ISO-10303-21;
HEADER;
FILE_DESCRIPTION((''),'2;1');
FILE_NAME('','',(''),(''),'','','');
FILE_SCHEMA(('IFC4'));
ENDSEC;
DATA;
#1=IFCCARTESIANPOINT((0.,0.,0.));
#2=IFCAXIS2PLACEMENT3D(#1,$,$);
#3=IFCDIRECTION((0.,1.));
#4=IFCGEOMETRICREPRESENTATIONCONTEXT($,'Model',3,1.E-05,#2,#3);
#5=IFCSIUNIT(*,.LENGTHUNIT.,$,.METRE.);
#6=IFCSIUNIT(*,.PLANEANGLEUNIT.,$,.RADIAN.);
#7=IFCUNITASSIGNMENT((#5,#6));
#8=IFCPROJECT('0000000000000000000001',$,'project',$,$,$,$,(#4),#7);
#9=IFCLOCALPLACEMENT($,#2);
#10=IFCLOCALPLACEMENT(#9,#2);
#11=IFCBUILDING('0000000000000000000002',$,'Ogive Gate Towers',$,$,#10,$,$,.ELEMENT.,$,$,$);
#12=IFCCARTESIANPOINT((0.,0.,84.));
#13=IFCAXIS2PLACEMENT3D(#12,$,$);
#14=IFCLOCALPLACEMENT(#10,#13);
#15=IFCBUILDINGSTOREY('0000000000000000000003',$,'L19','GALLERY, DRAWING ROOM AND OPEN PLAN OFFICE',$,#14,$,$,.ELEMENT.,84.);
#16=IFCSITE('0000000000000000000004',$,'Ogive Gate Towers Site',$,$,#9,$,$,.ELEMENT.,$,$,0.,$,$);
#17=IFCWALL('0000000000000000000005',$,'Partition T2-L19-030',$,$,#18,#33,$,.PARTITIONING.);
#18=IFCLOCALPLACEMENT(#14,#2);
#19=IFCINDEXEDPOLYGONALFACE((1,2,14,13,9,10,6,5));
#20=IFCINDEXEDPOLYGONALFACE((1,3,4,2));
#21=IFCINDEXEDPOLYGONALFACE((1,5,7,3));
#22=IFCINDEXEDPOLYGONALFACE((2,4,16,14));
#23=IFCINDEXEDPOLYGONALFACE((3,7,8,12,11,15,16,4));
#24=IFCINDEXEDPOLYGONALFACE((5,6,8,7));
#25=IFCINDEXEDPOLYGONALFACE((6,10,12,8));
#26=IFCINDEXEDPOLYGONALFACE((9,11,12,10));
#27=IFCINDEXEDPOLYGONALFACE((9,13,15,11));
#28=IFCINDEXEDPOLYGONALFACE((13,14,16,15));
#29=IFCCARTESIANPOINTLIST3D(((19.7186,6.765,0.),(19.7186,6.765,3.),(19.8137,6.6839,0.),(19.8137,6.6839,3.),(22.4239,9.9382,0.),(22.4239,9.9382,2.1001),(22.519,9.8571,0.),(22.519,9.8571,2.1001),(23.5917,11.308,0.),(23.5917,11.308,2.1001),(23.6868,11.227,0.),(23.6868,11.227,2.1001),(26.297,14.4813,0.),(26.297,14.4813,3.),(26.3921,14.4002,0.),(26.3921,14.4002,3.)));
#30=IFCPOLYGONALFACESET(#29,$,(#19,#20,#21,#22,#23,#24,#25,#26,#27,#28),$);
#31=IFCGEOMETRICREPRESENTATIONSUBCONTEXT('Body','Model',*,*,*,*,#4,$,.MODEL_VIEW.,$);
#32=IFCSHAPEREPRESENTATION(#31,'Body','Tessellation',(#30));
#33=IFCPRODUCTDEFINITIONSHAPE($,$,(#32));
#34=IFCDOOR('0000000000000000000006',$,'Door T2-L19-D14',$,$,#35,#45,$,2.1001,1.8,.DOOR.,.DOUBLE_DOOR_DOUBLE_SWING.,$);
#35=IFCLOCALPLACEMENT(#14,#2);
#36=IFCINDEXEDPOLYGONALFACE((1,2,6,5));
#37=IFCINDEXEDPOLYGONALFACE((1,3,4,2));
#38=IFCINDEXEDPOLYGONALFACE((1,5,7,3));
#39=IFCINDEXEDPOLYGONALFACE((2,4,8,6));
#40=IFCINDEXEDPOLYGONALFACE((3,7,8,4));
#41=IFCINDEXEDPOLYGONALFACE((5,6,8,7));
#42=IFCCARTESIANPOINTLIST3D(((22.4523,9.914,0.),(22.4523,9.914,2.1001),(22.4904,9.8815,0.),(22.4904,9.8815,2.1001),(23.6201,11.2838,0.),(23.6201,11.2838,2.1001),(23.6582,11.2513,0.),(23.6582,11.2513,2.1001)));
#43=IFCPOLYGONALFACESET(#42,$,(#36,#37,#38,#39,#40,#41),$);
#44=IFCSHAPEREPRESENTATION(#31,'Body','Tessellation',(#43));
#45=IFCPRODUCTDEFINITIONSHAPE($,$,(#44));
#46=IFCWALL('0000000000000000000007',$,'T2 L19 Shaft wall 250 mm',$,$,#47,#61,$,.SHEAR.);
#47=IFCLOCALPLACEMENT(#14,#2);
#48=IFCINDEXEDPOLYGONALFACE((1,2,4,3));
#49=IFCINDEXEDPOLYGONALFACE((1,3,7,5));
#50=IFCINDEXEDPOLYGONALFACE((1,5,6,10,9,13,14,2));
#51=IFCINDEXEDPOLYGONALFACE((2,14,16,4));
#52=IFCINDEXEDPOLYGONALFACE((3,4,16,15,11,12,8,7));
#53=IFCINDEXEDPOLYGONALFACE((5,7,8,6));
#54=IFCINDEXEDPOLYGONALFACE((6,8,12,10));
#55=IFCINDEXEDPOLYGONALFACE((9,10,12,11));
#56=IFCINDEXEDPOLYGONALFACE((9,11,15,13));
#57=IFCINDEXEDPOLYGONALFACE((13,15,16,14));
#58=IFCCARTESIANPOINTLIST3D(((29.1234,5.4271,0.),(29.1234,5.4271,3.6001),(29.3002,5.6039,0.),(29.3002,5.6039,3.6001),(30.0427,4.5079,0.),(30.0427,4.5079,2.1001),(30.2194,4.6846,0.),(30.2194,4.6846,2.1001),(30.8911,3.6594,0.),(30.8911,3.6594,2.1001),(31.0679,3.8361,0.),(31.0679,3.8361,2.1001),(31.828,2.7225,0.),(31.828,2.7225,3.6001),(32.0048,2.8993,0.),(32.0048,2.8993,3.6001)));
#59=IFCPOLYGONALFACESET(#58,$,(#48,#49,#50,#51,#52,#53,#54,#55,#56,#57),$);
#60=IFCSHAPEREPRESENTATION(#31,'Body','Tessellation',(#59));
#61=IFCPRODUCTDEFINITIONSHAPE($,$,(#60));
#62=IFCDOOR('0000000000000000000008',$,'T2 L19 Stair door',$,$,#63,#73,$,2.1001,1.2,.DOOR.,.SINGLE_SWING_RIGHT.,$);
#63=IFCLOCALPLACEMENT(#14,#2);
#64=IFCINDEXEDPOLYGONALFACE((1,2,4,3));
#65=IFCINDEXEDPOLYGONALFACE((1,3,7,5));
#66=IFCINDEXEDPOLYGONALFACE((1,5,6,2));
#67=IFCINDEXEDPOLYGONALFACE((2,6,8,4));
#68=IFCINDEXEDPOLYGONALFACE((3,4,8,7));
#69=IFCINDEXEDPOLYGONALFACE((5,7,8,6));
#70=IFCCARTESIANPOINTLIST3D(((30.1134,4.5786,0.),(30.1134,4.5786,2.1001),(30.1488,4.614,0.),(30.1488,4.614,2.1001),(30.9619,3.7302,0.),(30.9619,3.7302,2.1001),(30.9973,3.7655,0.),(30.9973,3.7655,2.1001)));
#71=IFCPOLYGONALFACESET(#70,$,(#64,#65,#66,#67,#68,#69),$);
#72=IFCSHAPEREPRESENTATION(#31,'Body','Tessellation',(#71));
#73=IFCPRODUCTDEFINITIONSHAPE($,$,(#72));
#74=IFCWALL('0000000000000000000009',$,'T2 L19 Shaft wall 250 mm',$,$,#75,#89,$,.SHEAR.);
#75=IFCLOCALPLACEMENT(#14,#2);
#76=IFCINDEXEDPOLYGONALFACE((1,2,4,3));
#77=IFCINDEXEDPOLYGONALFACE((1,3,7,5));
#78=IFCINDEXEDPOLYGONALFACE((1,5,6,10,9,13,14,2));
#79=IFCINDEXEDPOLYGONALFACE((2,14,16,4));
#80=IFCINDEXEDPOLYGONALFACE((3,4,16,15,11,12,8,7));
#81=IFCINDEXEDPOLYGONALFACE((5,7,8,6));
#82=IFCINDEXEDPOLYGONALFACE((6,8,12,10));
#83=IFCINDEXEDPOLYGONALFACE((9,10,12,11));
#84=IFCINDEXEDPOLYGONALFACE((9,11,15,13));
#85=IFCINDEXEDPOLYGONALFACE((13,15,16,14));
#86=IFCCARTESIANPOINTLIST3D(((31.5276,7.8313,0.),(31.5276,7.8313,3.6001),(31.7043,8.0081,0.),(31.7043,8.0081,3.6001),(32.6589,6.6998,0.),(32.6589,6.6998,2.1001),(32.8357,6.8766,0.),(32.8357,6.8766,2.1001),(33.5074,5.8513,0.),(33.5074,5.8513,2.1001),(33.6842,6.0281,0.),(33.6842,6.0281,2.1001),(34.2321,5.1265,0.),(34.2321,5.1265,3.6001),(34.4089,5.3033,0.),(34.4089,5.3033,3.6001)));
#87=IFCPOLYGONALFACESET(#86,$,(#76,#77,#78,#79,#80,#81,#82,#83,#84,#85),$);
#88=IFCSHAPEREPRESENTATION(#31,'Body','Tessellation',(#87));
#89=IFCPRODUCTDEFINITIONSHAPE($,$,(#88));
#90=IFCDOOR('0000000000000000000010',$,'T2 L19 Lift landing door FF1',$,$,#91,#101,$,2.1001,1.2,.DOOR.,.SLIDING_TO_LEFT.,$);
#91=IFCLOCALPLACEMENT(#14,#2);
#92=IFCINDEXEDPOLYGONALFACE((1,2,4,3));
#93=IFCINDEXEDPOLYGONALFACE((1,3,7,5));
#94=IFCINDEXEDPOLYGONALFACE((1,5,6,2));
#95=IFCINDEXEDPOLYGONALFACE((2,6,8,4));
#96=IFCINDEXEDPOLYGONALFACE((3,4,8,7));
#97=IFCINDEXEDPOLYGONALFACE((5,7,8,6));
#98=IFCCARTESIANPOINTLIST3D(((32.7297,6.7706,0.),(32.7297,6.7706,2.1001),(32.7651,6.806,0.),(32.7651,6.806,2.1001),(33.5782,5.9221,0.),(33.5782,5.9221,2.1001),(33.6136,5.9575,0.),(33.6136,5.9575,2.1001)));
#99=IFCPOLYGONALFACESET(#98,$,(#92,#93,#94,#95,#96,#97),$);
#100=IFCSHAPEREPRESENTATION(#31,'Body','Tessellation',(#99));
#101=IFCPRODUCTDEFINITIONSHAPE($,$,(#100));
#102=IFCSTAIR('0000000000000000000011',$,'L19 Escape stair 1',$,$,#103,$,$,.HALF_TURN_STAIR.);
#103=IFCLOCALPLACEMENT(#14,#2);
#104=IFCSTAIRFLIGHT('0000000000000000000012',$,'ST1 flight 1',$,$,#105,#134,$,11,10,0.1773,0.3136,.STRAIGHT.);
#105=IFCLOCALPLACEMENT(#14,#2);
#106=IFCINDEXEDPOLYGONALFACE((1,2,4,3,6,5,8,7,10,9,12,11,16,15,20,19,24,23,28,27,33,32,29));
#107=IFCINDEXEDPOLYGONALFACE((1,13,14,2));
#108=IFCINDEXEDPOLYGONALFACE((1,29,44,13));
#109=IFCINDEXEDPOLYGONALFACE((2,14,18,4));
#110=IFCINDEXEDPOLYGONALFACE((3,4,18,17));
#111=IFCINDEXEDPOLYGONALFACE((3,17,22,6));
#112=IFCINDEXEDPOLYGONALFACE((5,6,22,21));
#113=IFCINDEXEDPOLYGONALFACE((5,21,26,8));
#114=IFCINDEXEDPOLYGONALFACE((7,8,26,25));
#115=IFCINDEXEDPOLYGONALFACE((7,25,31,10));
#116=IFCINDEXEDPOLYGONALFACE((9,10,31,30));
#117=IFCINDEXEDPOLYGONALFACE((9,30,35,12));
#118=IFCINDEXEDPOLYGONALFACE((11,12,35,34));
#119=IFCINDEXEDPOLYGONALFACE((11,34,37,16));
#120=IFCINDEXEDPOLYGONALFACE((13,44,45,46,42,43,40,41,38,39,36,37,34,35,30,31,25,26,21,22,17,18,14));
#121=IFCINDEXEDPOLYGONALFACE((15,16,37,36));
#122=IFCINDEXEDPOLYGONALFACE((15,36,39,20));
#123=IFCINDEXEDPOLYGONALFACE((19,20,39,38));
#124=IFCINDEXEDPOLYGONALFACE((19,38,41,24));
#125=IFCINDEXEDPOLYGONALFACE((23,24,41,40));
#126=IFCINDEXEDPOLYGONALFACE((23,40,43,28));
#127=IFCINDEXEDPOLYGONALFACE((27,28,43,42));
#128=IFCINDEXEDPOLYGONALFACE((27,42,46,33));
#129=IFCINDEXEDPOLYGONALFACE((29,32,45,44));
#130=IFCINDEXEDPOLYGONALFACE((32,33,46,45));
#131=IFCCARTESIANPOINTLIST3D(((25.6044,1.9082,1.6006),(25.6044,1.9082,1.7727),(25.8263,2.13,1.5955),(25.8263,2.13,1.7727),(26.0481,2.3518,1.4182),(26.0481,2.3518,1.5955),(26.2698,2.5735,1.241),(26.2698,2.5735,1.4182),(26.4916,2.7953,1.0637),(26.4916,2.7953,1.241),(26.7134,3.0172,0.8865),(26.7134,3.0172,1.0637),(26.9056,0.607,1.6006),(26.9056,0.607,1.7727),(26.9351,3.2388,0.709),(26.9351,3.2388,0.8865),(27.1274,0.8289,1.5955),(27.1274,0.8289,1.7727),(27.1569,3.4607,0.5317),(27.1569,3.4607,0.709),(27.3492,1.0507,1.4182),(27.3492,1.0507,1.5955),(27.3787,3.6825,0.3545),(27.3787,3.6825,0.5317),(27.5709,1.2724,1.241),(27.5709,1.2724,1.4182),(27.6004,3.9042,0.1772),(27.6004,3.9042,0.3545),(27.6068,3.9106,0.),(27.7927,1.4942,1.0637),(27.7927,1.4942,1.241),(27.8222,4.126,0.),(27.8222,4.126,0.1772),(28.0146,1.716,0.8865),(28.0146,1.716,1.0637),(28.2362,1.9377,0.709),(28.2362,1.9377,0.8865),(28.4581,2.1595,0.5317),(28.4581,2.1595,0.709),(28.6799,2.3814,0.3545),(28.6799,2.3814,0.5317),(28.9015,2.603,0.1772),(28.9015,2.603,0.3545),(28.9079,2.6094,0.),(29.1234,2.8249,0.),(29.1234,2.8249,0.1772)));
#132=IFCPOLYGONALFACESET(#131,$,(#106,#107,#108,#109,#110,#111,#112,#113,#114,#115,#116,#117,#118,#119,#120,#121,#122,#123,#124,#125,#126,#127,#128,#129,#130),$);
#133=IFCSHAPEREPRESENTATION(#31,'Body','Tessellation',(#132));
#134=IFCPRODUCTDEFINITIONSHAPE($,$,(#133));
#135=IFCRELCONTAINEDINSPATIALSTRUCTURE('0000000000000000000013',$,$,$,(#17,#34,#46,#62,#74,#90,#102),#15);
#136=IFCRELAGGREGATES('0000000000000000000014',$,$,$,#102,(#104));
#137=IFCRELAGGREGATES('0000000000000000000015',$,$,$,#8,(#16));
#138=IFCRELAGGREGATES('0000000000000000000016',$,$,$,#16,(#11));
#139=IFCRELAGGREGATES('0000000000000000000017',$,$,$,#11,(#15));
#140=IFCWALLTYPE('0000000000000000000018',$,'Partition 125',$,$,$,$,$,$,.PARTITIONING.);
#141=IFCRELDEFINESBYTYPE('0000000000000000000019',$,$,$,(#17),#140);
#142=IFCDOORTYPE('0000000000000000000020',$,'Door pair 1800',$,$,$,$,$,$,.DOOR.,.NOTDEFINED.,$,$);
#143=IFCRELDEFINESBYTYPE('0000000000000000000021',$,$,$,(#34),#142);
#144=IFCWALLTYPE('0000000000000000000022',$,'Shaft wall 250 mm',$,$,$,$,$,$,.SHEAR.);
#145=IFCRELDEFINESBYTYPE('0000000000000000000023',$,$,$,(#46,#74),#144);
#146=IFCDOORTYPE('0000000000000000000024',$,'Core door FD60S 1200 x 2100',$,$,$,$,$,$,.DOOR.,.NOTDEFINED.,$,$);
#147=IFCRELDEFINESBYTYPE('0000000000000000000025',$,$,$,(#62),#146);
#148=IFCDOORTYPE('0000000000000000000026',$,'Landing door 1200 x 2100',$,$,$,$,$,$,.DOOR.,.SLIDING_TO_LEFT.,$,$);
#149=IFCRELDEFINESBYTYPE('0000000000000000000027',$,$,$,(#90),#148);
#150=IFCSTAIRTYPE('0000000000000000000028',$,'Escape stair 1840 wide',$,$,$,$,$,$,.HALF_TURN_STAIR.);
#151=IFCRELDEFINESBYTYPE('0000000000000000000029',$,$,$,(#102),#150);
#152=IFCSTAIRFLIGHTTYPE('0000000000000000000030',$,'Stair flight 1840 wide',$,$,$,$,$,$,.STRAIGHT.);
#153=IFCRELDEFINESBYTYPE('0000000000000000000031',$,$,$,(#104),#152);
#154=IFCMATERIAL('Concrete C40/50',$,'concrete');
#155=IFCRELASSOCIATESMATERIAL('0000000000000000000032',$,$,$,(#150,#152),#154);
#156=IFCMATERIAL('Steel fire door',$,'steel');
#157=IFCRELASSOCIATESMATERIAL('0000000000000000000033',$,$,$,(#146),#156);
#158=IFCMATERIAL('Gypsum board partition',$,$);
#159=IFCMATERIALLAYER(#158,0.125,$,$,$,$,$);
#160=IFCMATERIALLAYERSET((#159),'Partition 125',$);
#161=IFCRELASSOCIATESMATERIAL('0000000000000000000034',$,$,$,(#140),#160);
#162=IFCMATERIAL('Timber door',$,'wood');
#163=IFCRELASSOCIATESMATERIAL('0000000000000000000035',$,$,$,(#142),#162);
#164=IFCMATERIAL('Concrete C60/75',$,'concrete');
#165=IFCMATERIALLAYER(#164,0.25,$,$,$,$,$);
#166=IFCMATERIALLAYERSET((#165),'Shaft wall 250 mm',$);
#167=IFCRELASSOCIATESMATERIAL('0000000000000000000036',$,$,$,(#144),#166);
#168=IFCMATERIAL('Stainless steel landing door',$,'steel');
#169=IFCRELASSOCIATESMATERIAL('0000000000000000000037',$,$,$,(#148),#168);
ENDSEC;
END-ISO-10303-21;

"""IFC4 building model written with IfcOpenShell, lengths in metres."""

from ifc_helpers import new_model, si_unit, direction, frame, frame_2d, origin, place, context, subcontext, project, spatial, polyline, rectangle, outline, extrude, material, layer, layer_set, type_object, element, fill, aggregate, save


model = new_model("IFC4")

# Units and contexts
model_context = context("Model", 3, precision=1e-05, world=origin(), true_north=direction((0.0, 1.0)))
body_context = subcontext(model_context, "Body", "Model", "MODEL_VIEW")
ifc_project = project(units=[si_unit("LENGTHUNIT", "METRE"), si_unit("PLANEANGLEUNIT", "RADIAN")], contexts=[model_context])

# Site, building, storey
site_placement = place(None, origin())
site = spatial("IfcSite", under=ifc_project, at=site_placement, Name="Ogive Gate Towers Site", CompositionType="ELEMENT", RefElevation=0.0)
building_placement = place(site_placement, origin())
building = spatial("IfcBuilding", under=site, at=building_placement, Name="Ogive Gate Towers", CompositionType="ELEMENT")
storey_placement = place(building_placement, frame((0.0, 0.0, 84.0)))
storey = spatial("IfcBuildingStorey", under=building, at=storey_placement, Name="L19", Description="GALLERY, DRAWING ROOM AND OPEN PLAN OFFICE", CompositionType="ELEMENT", Elevation=84.0)

# Shared definitions
ifc_material_1 = material(Name="Concrete C40/50", Category="concrete")

# Shared definitions
stair_type = type_object("IfcStairType", Name="Escape stair 1840 wide", PredefinedType="HALF_TURN_STAIR", material=ifc_material_1)

# Shared definitions
ifc_material_2 = material(Name="Concrete C60/75", Category="concrete")
ifc_material_3 = material(Name="Timber door", Category="wood")
ifc_material_4 = material(Name="Steel fire door", Category="steel")
door_type_1 = type_object("IfcDoorType", Name="Core door FD60S 1200 x 2100", OperationType="NOTDEFINED", PredefinedType="DOOR", material=ifc_material_4)

# Shared definitions
ifc_material_5 = material(Name="Gypsum board partition")
ifc_layer_1 = layer(ifc_material_5, 0.125)
ifc_layer_set_1 = layer_set([ifc_layer_1], Name="Partition 125")
wall_type_1 = type_object("IfcWallType", Name="Partition 125", PredefinedType="PARTITIONING", material=ifc_layer_set_1)

# Walls, openings, doors
door_type_2 = type_object("IfcDoorType", Name="Door pair 1800", OperationType="NOTDEFINED", PredefinedType="DOOR", material=ifc_material_3)
wall_1_placement = place(storey_placement, frame((26.3445, 14.4407, 0.0), z_axis=(0.0, 0.0, 1.0), x_axis=(-0.648765, -0.760989, 0.0)))
wall_1 = element("IfcWall", 1, at=wall_1_placement, inside=storey, type_object=wall_type_1, Name="Partition T2-L19-030", PredefinedType="PARTITIONING", context=body_context, shape_type="SweptSolid", body=[
    extrude(rectangle(XDim=10.1399, YDim=0.125, at=frame_2d((5.0698, 0.0))), origin(), (0.0, 0.0, 1.0), 3.0),
])
opening_1_placement = place(wall_1_placement, frame((4.1699, 0.0, 0.0)))
opening_1 = element("IfcOpeningElement", 2, at=opening_1_placement, cuts=wall_1, PredefinedType="OPENING", context=body_context, shape_type="SweptSolid", body=[
    extrude(rectangle(XDim=1.8, YDim=2.1001, at=frame_2d((0.8999, 1.05))), frame((0.0, 0.0725, 0.0), z_axis=(0.0, -1.0, 0.0), x_axis=(1.0, 0.0, 0.0)), (0.0, 0.0, 1.0), 0.145),
])
door_1_placement = place(opening_1_placement, origin())
door_1 = element("IfcDoor", 3, at=door_1_placement, inside=storey, type_object=door_type_2, Name="Door T2-L19-D14", OperationType="DOUBLE_DOOR_DOUBLE_SWING", OverallHeight=2.1001, OverallWidth=1.8, PredefinedType="DOOR", context=body_context, shape_type="SweptSolid", body=[
    extrude(rectangle(XDim=1.8, YDim=2.1001, at=frame_2d((0.8999, 1.05))), frame((0.0, 0.0249, 0.0), z_axis=(0.0, -1.0, 0.0), x_axis=(1.0, 0.0, 0.0)), (0.0, 0.0, 1.0), 0.05),
])
fill(opening_1, door_1)
ifc_layer_2 = layer(ifc_material_2, 0.25)
ifc_layer_set_2 = layer_set([ifc_layer_2], Name="Shaft wall 250 mm")
wall_type_2 = type_object("IfcWallType", Name="Shaft wall 250 mm", PredefinedType="SHEAR", material=ifc_layer_set_2)
wall_2_placement = place(storey_placement, frame((31.9165, 2.8108, 0.0), z_axis=(0.0, 0.0, 1.0), x_axis=(-0.707107, 0.707107, 0.0)))
wall_2 = element("IfcWall", 4, at=wall_2_placement, inside=storey, type_object=wall_type_2, Name="T2 L19 Shaft wall 250 mm", PredefinedType="SHEAR", context=body_context, shape_type="SweptSolid", body=[
    extrude(rectangle(XDim=3.825, YDim=0.25, at=frame_2d((1.9126, 0.0))), origin(), (0.0, 0.0, 1.0), 3.6001),
])
opening_2_placement = place(wall_2_placement, frame((1.325, 0.0, 0.0)))
opening_2 = element("IfcOpeningElement", 5, at=opening_2_placement, cuts=wall_2, PredefinedType="OPENING", context=body_context, shape_type="SweptSolid", body=[
    extrude(rectangle(XDim=1.2, YDim=2.1001, at=frame_2d((0.6001, 1.05))), frame((0.0, 0.135, 0.0), z_axis=(0.0, -1.0, 0.0), x_axis=(1.0, 0.0, 0.0)), (0.0, 0.0, 1.0), 0.27),
])
door_2_placement = place(opening_2_placement, origin())
door_2 = element("IfcDoor", 6, at=door_2_placement, inside=storey, type_object=door_type_1, Name="T2 L19 Stair door", OperationType="SINGLE_SWING_RIGHT", OverallHeight=2.1001, OverallWidth=1.2, PredefinedType="DOOR", context=body_context, shape_type="SweptSolid", body=[
    extrude(rectangle(XDim=1.2, YDim=2.1001, at=frame_2d((0.6001, 1.05))), frame((0.0, 0.0249, 0.0), z_axis=(0.0, -1.0, 0.0), x_axis=(1.0, 0.0, 0.0)), (0.0, 0.0, 1.0), 0.05),
])
fill(opening_2, door_2)
wall_3_placement = place(storey_placement, frame((34.3206, 5.2148, 0.0), z_axis=(0.0, 0.0, 1.0), x_axis=(-0.707075, 0.707139, 0.0)))
wall_3 = element("IfcWall", 7, at=wall_3_placement, inside=storey, type_object=wall_type_2, Name="T2 L19 Shaft wall 250 mm", PredefinedType="SHEAR", context=body_context, shape_type="SweptSolid", body=[
    extrude(rectangle(XDim=3.825, YDim=0.25, at=frame_2d((1.9126, 0.0))), origin(), (0.0, 0.0, 1.0), 3.6001),
])
opening_3_placement = place(wall_3_placement, frame((1.0249, 0.0, 0.0)))
opening_3 = element("IfcOpeningElement", 8, at=opening_3_placement, cuts=wall_3, PredefinedType="OPENING", context=body_context, shape_type="SweptSolid", body=[
    extrude(rectangle(XDim=1.2, YDim=2.1001, at=frame_2d((0.6001, 1.05))), frame((0.0, 0.135, 0.0), z_axis=(0.0, -1.0, 0.0), x_axis=(1.0, 0.0, 0.0)), (0.0, 0.0, 1.0), 0.27),
])
ifc_material_6 = material(Name="Stainless steel landing door", Category="steel")
door_type_3 = type_object("IfcDoorType", Name="Landing door 1200 x 2100", OperationType="SLIDING_TO_LEFT", PredefinedType="DOOR", material=ifc_material_6)
door_3_placement = place(opening_3_placement, origin())
door_3 = element("IfcDoor", 9, at=door_3_placement, inside=storey, type_object=door_type_3, Name="T2 L19 Lift landing door FF1", OperationType="SLIDING_TO_LEFT", OverallHeight=2.1001, OverallWidth=1.2, PredefinedType="DOOR", context=body_context, shape_type="SweptSolid", body=[
    extrude(rectangle(XDim=1.2, YDim=2.1001, at=frame_2d((0.6001, 1.05))), frame((0.0, 0.0249, 0.0), z_axis=(0.0, -1.0, 0.0), x_axis=(1.0, 0.0, 0.0)), (0.0, 0.0, 1.0), 0.05),
])
fill(opening_3, door_3)

# Stair, stair flight
stair_1_placement = place(storey_placement, origin())
stair_1 = element("IfcStair", 10, at=stair_1_placement, inside=storey, type_object=stair_type, Name="L19 Escape stair 1", PredefinedType="HALF_TURN_STAIR")
stair_flight_type = type_object("IfcStairFlightType", Name="Stair flight 1840 wide", PredefinedType="STRAIGHT", material=ifc_material_1)
stair_flight_placement = place(storey_placement, frame((28.4729, 3.4753, 0.0), z_axis=(0.0, 0.0, 1.0), x_axis=(-0.707107, -0.707107, 0.0)))
stair_flight = element("IfcStairFlight", 11, at=stair_flight_placement, type_object=stair_flight_type, Name="ST1 flight 1", NumberOfRisers=11, NumberOfTreads=10, PredefinedType="STRAIGHT", RiserHeight=0.1773, TreadLength=0.3136, context=body_context, shape_type="SweptSolid", body=[
    extrude(outline(polyline([(0.0, 0.0), (0.0, 0.1772), (0.3137, 0.1772), (0.3137, 0.3545), (0.6272, 0.3545), (0.6272, 0.5317), (0.9409, 0.5317), (0.9409, 0.709), (1.2546, 0.709), (1.2546, 0.8865), (1.5681, 0.8865), (1.5681, 1.0637), (1.8818, 1.0637), (1.8818, 1.241), (2.1956, 1.241), (2.1956, 1.4182), (2.509, 1.4182), (2.509, 1.5955), (2.8228, 1.5955), (2.8228, 1.7727), (3.1365, 1.7727), (3.1365, 1.95), (3.1365, 1.6006), (0.3047, 0.0), (0.0, 0.0)])), frame((0.0, 0.9199, 0.0), z_axis=(0.0, -1.0, 0.0), x_axis=(1.0, 0.0, 0.0)), (0.0, 0.0, 1.0), 1.8401),
])
aggregate(stair_1, [stair_flight])

save(model, "model.ifc")
